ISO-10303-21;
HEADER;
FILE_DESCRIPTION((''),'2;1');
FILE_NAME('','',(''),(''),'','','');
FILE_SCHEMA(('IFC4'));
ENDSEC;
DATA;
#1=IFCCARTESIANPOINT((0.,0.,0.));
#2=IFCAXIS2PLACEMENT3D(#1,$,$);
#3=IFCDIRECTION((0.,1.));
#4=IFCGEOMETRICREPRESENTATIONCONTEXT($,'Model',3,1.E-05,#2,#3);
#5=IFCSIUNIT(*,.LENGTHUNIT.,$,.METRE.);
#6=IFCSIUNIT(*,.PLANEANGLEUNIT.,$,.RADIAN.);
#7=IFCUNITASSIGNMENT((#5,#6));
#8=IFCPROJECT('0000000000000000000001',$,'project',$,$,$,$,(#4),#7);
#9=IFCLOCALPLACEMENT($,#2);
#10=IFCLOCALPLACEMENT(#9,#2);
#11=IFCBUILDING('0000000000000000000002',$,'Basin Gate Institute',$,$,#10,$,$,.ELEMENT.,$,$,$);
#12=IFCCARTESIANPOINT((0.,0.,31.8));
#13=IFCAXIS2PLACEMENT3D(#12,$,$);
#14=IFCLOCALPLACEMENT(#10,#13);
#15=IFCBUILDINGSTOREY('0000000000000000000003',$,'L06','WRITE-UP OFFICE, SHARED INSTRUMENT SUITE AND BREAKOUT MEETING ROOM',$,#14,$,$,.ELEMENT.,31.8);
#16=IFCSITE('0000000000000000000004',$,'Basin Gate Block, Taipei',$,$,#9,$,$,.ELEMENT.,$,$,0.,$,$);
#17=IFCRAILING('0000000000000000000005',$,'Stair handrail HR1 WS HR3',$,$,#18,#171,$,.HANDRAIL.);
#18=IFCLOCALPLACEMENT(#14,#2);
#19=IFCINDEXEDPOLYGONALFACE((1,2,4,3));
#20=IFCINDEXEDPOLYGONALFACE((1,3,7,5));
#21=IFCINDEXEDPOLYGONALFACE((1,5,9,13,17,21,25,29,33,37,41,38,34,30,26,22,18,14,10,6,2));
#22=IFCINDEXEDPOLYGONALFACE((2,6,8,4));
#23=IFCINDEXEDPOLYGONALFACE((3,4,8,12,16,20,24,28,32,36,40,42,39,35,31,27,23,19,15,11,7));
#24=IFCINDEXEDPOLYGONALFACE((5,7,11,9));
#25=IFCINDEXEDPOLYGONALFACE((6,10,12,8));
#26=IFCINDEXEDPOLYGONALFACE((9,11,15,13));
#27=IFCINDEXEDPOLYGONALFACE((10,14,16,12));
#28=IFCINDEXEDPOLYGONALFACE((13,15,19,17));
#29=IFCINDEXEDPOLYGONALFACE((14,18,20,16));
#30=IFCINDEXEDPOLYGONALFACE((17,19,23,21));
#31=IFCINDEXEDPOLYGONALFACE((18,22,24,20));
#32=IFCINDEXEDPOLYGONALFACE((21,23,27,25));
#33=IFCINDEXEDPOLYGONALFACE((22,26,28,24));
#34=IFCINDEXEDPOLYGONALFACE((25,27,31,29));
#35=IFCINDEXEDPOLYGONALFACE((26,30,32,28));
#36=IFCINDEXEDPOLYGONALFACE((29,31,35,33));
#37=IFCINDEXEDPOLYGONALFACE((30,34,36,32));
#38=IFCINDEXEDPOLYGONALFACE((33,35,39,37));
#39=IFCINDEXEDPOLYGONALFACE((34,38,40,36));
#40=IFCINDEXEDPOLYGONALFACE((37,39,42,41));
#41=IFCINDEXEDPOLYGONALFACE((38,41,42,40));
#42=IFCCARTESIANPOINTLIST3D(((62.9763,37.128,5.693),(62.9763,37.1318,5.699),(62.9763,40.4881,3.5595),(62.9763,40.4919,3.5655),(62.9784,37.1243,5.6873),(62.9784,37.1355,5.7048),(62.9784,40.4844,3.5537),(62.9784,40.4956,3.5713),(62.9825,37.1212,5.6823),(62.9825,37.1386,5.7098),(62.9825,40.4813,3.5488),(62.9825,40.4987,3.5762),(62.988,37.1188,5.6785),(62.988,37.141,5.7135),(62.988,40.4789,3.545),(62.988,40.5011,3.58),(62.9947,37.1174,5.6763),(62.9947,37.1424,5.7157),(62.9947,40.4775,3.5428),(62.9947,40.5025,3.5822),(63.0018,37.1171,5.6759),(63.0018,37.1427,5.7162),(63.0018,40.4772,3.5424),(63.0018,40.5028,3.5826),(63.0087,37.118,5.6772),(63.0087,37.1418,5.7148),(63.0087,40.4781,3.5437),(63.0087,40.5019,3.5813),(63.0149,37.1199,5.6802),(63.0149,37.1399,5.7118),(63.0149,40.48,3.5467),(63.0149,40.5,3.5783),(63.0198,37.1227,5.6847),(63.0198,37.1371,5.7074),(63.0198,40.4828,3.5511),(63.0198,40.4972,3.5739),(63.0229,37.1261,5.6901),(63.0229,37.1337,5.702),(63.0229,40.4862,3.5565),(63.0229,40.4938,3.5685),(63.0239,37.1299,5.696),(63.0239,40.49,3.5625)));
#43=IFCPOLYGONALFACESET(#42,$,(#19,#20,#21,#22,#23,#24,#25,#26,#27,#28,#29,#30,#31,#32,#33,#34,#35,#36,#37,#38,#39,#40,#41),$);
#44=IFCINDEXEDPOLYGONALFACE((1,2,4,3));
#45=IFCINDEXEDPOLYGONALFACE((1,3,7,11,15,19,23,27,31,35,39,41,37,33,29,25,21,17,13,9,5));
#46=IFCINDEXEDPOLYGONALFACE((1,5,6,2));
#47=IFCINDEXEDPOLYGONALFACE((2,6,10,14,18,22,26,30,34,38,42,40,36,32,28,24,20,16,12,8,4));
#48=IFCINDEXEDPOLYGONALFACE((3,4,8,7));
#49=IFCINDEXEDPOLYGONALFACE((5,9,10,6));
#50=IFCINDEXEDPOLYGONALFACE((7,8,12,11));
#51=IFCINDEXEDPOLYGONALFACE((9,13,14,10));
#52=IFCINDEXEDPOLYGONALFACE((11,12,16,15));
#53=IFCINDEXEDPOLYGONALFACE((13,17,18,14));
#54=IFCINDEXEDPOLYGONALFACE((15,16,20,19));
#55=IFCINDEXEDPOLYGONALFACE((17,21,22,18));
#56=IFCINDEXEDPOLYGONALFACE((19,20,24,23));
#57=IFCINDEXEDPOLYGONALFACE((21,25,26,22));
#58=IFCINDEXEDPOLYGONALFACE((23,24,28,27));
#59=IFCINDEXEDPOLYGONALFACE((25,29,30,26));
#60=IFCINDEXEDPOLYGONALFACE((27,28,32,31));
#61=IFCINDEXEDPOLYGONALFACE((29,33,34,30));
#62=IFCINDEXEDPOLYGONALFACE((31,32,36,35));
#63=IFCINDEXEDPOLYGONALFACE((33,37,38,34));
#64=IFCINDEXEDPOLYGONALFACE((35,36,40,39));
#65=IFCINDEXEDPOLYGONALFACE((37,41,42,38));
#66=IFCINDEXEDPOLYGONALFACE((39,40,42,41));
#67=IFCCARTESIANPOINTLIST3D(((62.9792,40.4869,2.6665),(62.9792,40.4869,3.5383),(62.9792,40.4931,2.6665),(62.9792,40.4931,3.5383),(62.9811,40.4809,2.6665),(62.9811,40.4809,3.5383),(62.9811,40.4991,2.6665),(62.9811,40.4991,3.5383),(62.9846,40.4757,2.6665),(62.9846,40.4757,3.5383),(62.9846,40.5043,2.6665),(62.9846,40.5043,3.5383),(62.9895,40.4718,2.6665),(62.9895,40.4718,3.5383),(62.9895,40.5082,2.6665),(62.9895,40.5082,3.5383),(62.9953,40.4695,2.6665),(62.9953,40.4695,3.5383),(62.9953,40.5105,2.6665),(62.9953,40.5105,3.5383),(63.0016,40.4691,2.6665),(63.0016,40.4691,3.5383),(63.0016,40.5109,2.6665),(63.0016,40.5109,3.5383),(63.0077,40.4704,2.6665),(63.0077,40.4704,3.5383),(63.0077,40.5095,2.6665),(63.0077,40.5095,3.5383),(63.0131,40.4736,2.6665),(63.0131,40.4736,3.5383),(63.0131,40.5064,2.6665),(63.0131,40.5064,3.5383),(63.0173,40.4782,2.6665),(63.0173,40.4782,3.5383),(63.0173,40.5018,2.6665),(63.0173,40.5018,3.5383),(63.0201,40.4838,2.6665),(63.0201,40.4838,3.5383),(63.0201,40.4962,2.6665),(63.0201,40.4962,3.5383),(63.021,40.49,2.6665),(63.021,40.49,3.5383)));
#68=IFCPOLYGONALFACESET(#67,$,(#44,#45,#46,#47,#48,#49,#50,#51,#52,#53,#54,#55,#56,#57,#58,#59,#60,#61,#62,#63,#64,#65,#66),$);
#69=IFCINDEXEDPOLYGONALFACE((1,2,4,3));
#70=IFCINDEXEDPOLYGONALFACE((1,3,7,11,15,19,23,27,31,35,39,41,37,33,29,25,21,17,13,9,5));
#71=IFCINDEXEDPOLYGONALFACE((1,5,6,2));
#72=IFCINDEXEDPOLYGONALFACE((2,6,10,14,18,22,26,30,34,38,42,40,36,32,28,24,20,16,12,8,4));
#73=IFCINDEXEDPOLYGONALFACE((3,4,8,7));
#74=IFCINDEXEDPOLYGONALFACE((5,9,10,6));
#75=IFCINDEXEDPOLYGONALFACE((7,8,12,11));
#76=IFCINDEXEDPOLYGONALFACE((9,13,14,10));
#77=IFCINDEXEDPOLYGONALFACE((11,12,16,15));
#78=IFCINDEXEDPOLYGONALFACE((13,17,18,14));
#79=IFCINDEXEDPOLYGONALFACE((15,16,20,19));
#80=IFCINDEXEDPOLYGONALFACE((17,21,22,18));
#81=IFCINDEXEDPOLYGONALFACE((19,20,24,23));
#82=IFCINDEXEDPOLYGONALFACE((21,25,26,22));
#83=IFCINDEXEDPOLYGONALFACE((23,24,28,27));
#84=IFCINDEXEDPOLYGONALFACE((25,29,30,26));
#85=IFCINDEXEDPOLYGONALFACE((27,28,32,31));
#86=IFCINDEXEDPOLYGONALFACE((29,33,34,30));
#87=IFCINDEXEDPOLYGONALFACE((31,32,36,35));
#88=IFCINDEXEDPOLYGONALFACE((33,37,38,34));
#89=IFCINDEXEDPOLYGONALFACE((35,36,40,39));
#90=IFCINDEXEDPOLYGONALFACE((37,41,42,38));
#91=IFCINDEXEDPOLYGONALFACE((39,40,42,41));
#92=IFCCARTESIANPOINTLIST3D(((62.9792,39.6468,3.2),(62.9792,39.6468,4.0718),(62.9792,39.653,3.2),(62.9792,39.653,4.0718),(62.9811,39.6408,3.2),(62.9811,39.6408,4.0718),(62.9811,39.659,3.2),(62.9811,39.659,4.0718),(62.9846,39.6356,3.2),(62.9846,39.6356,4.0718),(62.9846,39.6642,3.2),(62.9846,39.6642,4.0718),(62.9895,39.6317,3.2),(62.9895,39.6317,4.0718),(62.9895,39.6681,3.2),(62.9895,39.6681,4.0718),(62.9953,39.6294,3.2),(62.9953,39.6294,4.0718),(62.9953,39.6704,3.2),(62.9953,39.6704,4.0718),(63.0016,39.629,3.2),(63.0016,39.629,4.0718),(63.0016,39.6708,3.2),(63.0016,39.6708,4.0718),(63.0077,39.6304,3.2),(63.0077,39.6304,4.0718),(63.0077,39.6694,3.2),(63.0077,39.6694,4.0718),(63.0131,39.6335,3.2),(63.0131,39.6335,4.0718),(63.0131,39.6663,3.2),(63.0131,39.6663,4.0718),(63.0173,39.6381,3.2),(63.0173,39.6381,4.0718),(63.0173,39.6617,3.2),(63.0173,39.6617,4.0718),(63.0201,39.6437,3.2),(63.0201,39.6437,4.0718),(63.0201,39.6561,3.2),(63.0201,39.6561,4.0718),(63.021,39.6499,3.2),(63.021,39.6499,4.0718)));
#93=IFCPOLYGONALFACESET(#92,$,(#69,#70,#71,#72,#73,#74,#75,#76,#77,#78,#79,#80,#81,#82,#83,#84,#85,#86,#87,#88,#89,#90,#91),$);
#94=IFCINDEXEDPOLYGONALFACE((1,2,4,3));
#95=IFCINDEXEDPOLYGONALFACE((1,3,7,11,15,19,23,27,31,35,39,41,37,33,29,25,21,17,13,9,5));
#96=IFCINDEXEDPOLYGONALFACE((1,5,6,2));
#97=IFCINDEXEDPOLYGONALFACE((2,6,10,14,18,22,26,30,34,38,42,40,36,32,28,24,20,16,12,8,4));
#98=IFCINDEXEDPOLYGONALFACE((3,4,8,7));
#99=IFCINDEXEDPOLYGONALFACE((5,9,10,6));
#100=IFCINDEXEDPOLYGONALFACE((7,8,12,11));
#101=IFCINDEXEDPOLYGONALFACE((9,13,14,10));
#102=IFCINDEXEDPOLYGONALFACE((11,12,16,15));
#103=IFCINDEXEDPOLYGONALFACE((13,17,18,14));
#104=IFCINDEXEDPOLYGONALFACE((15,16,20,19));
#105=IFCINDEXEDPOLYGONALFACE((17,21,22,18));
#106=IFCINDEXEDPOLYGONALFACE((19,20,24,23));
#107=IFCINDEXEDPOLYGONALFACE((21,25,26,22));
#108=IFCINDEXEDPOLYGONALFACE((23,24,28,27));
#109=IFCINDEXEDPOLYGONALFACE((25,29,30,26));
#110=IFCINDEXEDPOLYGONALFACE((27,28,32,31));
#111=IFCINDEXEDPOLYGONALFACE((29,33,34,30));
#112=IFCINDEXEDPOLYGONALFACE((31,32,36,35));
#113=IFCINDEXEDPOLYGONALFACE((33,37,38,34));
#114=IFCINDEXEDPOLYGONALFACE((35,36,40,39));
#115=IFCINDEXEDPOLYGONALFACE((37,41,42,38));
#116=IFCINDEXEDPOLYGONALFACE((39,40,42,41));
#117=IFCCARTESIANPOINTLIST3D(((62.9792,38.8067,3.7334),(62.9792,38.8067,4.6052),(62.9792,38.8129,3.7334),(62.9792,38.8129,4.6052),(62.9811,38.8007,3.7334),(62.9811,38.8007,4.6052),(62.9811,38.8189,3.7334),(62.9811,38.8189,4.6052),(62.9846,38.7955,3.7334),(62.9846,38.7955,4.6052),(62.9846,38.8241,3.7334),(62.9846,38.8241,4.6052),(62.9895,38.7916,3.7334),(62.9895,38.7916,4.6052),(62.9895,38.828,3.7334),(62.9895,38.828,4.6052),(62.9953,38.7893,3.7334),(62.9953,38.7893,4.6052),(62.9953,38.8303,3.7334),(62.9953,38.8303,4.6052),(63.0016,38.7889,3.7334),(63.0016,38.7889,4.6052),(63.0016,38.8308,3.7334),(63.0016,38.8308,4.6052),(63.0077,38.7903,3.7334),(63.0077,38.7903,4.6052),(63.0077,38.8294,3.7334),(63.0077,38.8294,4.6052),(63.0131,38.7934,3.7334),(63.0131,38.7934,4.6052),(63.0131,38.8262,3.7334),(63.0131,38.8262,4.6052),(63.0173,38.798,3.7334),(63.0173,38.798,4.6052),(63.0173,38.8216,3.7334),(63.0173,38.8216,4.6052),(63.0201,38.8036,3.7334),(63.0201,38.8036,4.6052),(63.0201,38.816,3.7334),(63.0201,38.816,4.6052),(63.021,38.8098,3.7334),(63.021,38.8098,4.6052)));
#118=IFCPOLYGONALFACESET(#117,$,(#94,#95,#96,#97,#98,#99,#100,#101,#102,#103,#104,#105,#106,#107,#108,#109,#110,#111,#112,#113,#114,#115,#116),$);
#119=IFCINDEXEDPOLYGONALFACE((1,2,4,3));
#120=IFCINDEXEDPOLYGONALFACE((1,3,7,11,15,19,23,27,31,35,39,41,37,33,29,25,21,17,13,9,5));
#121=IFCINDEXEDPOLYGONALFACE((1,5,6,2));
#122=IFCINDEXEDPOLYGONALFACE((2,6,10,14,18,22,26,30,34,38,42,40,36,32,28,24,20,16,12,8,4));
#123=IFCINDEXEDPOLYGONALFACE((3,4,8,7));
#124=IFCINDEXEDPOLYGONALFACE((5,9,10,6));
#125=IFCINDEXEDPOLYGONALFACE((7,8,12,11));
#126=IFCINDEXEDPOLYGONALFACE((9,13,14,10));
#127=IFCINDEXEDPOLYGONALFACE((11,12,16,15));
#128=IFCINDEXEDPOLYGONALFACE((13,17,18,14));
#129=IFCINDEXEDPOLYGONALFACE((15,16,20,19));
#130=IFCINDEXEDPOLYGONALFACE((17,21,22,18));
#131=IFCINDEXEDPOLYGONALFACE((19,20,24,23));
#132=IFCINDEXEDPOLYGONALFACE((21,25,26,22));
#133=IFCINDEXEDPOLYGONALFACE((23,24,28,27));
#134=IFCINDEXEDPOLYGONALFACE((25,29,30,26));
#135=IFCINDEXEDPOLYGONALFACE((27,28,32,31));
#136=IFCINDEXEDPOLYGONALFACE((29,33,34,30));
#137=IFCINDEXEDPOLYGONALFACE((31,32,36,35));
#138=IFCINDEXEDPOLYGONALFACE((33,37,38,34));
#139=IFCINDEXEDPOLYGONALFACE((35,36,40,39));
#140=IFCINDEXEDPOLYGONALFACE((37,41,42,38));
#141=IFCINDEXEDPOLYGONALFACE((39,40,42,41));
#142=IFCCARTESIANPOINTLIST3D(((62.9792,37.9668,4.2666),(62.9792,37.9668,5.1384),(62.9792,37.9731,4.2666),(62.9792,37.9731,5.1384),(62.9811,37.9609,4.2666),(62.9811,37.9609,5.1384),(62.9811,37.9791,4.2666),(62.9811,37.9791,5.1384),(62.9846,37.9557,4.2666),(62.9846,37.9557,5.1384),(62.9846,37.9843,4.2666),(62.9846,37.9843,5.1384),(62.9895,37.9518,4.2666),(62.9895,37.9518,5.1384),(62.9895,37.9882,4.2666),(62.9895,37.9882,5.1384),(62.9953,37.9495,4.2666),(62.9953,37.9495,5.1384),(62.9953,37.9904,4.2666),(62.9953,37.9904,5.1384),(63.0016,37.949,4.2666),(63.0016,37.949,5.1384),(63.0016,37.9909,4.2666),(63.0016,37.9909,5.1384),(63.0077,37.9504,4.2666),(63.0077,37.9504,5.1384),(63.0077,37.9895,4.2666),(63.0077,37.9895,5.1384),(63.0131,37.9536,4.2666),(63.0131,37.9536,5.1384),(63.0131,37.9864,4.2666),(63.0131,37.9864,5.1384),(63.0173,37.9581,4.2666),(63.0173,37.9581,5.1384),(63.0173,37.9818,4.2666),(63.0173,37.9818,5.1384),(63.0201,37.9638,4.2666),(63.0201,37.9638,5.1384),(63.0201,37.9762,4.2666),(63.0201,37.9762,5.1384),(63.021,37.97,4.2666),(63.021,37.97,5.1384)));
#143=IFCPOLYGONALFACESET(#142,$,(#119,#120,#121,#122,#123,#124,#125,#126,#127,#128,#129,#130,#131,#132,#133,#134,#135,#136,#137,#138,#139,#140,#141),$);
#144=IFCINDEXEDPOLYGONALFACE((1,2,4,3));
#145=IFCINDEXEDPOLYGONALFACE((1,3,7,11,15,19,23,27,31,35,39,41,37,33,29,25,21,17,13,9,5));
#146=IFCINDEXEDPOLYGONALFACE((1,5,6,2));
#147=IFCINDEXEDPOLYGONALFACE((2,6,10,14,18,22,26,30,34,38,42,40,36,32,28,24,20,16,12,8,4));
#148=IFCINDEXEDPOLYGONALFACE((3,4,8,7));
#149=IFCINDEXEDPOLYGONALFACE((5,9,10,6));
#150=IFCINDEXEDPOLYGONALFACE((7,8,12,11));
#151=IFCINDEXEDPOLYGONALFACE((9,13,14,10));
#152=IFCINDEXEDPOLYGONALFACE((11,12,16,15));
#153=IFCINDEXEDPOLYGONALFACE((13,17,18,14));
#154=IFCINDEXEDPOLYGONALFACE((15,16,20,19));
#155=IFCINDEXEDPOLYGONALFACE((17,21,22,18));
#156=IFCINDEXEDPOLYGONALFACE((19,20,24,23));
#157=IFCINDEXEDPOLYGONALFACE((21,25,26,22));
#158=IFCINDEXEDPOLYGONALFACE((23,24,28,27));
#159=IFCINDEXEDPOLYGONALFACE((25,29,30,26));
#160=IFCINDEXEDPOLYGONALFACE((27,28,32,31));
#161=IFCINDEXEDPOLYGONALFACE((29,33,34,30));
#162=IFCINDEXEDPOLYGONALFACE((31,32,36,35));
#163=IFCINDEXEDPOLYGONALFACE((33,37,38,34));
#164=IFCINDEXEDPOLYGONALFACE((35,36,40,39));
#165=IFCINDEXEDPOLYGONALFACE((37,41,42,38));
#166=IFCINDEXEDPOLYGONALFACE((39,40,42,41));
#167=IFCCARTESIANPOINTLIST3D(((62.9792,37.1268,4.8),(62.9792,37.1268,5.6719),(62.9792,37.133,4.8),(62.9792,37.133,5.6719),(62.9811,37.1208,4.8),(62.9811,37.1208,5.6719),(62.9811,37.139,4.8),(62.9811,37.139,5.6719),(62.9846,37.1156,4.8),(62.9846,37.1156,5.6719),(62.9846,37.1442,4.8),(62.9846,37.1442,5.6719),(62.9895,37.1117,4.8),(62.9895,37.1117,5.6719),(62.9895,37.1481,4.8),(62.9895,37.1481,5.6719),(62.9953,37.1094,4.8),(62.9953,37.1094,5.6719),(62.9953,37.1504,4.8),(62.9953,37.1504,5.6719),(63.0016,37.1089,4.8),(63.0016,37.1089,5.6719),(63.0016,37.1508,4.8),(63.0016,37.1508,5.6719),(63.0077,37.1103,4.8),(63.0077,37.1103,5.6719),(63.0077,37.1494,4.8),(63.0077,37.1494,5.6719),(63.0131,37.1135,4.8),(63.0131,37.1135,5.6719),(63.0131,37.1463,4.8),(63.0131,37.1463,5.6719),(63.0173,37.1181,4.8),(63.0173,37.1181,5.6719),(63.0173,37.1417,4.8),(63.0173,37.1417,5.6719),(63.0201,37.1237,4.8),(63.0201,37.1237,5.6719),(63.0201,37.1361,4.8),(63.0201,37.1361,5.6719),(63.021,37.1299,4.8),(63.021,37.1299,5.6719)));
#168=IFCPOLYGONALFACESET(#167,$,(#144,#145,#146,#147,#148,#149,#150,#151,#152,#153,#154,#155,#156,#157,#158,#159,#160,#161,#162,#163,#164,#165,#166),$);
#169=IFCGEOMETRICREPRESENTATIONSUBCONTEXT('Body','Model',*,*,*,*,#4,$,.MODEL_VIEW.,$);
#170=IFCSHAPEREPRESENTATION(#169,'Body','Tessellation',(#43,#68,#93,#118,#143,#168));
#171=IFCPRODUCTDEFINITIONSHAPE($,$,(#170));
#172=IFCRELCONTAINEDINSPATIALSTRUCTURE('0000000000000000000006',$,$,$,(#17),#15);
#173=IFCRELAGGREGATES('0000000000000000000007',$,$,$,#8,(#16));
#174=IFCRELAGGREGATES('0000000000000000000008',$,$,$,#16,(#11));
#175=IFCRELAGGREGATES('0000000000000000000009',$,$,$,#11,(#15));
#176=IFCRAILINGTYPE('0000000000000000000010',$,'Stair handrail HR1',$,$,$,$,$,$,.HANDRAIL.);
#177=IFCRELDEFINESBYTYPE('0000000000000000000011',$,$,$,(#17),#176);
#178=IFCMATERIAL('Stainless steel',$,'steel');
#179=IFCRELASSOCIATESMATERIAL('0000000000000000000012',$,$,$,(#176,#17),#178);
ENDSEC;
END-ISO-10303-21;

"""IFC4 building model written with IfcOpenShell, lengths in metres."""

from ifc_helpers import new_model, si_unit, direction, frame, origin, origin_2d, place, context, subcontext, project, spatial, circle, extrude, material, type_object, element, save


model = new_model("IFC4")

# Units and contexts
model_context = context("Model", 3, precision=1e-05, world=origin(), true_north=direction((0.0, 1.0)))
body_context = subcontext(model_context, "Body", "Model", "MODEL_VIEW")
ifc_project = project(units=[si_unit("LENGTHUNIT", "METRE"), si_unit("PLANEANGLEUNIT", "RADIAN")], contexts=[model_context])

# Site, building, storey
site_placement = place(None, origin())
site = spatial("IfcSite", under=ifc_project, at=site_placement, Name="Basin Gate Block, Taipei", CompositionType="ELEMENT", RefElevation=0.0)
building_placement = place(site_placement, origin())
building = spatial("IfcBuilding", under=site, at=building_placement, Name="Basin Gate Institute", CompositionType="ELEMENT")
storey_placement = place(building_placement, frame((0.0, 0.0, 31.8)))
storey = spatial("IfcBuildingStorey", under=building, at=storey_placement, Name="L06", Description="WRITE-UP OFFICE, SHARED INSTRUMENT SUITE AND BREAKOUT MEETING ROOM", CompositionType="ELEMENT", Elevation=31.8)

# Railing
ifc_material_1 = material(Name="Stainless steel", Category="steel")
railing_type_1 = type_object("IfcRailingType", Name="Stair handrail HR1", PredefinedType="HANDRAIL", material=ifc_material_1)
railing_1_placement = place(storey_placement, frame((63.0, 40.49, 2.6665)))
element("IfcRailing", 1, at=railing_1_placement, inside=storey, type_object=railing_type_1, material=ifc_material_1, Name="Stair handrail HR1 WS HR3", PredefinedType="HANDRAIL", context=body_context, shape_type="SweptSolid", body=[
    extrude(circle(Radius=0.0239, at=origin_2d()), frame((0.0, 0.0, 0.896), z_axis=(0.0, -0.844197, 0.536034), x_axis=(1.0, 0.0, 0.0)), (0.0, 0.0, 1.0), 3.9802),
    extrude(circle(Radius=0.021, at=origin_2d()), origin(), (0.0, 0.0, 1.0), 0.8718),
    extrude(circle(Radius=0.021, at=origin_2d()), frame((0.0, -0.8401, 0.5334)), (0.0, 0.0, 1.0), 0.8718),
    extrude(circle(Radius=0.021, at=origin_2d()), frame((0.0, -1.6802, 1.0669)), (0.0, 0.0, 1.0), 0.8718),
    extrude(circle(Radius=0.021, at=origin_2d()), frame((0.0, -2.52, 1.6001)), (0.0, 0.0, 1.0), 0.8718),
    extrude(circle(Radius=0.021, at=origin_2d()), frame((0.0, -3.3601, 2.1335)), (0.0, 0.0, 1.0), 0.8718),
])

save(model, "model.ifc")
